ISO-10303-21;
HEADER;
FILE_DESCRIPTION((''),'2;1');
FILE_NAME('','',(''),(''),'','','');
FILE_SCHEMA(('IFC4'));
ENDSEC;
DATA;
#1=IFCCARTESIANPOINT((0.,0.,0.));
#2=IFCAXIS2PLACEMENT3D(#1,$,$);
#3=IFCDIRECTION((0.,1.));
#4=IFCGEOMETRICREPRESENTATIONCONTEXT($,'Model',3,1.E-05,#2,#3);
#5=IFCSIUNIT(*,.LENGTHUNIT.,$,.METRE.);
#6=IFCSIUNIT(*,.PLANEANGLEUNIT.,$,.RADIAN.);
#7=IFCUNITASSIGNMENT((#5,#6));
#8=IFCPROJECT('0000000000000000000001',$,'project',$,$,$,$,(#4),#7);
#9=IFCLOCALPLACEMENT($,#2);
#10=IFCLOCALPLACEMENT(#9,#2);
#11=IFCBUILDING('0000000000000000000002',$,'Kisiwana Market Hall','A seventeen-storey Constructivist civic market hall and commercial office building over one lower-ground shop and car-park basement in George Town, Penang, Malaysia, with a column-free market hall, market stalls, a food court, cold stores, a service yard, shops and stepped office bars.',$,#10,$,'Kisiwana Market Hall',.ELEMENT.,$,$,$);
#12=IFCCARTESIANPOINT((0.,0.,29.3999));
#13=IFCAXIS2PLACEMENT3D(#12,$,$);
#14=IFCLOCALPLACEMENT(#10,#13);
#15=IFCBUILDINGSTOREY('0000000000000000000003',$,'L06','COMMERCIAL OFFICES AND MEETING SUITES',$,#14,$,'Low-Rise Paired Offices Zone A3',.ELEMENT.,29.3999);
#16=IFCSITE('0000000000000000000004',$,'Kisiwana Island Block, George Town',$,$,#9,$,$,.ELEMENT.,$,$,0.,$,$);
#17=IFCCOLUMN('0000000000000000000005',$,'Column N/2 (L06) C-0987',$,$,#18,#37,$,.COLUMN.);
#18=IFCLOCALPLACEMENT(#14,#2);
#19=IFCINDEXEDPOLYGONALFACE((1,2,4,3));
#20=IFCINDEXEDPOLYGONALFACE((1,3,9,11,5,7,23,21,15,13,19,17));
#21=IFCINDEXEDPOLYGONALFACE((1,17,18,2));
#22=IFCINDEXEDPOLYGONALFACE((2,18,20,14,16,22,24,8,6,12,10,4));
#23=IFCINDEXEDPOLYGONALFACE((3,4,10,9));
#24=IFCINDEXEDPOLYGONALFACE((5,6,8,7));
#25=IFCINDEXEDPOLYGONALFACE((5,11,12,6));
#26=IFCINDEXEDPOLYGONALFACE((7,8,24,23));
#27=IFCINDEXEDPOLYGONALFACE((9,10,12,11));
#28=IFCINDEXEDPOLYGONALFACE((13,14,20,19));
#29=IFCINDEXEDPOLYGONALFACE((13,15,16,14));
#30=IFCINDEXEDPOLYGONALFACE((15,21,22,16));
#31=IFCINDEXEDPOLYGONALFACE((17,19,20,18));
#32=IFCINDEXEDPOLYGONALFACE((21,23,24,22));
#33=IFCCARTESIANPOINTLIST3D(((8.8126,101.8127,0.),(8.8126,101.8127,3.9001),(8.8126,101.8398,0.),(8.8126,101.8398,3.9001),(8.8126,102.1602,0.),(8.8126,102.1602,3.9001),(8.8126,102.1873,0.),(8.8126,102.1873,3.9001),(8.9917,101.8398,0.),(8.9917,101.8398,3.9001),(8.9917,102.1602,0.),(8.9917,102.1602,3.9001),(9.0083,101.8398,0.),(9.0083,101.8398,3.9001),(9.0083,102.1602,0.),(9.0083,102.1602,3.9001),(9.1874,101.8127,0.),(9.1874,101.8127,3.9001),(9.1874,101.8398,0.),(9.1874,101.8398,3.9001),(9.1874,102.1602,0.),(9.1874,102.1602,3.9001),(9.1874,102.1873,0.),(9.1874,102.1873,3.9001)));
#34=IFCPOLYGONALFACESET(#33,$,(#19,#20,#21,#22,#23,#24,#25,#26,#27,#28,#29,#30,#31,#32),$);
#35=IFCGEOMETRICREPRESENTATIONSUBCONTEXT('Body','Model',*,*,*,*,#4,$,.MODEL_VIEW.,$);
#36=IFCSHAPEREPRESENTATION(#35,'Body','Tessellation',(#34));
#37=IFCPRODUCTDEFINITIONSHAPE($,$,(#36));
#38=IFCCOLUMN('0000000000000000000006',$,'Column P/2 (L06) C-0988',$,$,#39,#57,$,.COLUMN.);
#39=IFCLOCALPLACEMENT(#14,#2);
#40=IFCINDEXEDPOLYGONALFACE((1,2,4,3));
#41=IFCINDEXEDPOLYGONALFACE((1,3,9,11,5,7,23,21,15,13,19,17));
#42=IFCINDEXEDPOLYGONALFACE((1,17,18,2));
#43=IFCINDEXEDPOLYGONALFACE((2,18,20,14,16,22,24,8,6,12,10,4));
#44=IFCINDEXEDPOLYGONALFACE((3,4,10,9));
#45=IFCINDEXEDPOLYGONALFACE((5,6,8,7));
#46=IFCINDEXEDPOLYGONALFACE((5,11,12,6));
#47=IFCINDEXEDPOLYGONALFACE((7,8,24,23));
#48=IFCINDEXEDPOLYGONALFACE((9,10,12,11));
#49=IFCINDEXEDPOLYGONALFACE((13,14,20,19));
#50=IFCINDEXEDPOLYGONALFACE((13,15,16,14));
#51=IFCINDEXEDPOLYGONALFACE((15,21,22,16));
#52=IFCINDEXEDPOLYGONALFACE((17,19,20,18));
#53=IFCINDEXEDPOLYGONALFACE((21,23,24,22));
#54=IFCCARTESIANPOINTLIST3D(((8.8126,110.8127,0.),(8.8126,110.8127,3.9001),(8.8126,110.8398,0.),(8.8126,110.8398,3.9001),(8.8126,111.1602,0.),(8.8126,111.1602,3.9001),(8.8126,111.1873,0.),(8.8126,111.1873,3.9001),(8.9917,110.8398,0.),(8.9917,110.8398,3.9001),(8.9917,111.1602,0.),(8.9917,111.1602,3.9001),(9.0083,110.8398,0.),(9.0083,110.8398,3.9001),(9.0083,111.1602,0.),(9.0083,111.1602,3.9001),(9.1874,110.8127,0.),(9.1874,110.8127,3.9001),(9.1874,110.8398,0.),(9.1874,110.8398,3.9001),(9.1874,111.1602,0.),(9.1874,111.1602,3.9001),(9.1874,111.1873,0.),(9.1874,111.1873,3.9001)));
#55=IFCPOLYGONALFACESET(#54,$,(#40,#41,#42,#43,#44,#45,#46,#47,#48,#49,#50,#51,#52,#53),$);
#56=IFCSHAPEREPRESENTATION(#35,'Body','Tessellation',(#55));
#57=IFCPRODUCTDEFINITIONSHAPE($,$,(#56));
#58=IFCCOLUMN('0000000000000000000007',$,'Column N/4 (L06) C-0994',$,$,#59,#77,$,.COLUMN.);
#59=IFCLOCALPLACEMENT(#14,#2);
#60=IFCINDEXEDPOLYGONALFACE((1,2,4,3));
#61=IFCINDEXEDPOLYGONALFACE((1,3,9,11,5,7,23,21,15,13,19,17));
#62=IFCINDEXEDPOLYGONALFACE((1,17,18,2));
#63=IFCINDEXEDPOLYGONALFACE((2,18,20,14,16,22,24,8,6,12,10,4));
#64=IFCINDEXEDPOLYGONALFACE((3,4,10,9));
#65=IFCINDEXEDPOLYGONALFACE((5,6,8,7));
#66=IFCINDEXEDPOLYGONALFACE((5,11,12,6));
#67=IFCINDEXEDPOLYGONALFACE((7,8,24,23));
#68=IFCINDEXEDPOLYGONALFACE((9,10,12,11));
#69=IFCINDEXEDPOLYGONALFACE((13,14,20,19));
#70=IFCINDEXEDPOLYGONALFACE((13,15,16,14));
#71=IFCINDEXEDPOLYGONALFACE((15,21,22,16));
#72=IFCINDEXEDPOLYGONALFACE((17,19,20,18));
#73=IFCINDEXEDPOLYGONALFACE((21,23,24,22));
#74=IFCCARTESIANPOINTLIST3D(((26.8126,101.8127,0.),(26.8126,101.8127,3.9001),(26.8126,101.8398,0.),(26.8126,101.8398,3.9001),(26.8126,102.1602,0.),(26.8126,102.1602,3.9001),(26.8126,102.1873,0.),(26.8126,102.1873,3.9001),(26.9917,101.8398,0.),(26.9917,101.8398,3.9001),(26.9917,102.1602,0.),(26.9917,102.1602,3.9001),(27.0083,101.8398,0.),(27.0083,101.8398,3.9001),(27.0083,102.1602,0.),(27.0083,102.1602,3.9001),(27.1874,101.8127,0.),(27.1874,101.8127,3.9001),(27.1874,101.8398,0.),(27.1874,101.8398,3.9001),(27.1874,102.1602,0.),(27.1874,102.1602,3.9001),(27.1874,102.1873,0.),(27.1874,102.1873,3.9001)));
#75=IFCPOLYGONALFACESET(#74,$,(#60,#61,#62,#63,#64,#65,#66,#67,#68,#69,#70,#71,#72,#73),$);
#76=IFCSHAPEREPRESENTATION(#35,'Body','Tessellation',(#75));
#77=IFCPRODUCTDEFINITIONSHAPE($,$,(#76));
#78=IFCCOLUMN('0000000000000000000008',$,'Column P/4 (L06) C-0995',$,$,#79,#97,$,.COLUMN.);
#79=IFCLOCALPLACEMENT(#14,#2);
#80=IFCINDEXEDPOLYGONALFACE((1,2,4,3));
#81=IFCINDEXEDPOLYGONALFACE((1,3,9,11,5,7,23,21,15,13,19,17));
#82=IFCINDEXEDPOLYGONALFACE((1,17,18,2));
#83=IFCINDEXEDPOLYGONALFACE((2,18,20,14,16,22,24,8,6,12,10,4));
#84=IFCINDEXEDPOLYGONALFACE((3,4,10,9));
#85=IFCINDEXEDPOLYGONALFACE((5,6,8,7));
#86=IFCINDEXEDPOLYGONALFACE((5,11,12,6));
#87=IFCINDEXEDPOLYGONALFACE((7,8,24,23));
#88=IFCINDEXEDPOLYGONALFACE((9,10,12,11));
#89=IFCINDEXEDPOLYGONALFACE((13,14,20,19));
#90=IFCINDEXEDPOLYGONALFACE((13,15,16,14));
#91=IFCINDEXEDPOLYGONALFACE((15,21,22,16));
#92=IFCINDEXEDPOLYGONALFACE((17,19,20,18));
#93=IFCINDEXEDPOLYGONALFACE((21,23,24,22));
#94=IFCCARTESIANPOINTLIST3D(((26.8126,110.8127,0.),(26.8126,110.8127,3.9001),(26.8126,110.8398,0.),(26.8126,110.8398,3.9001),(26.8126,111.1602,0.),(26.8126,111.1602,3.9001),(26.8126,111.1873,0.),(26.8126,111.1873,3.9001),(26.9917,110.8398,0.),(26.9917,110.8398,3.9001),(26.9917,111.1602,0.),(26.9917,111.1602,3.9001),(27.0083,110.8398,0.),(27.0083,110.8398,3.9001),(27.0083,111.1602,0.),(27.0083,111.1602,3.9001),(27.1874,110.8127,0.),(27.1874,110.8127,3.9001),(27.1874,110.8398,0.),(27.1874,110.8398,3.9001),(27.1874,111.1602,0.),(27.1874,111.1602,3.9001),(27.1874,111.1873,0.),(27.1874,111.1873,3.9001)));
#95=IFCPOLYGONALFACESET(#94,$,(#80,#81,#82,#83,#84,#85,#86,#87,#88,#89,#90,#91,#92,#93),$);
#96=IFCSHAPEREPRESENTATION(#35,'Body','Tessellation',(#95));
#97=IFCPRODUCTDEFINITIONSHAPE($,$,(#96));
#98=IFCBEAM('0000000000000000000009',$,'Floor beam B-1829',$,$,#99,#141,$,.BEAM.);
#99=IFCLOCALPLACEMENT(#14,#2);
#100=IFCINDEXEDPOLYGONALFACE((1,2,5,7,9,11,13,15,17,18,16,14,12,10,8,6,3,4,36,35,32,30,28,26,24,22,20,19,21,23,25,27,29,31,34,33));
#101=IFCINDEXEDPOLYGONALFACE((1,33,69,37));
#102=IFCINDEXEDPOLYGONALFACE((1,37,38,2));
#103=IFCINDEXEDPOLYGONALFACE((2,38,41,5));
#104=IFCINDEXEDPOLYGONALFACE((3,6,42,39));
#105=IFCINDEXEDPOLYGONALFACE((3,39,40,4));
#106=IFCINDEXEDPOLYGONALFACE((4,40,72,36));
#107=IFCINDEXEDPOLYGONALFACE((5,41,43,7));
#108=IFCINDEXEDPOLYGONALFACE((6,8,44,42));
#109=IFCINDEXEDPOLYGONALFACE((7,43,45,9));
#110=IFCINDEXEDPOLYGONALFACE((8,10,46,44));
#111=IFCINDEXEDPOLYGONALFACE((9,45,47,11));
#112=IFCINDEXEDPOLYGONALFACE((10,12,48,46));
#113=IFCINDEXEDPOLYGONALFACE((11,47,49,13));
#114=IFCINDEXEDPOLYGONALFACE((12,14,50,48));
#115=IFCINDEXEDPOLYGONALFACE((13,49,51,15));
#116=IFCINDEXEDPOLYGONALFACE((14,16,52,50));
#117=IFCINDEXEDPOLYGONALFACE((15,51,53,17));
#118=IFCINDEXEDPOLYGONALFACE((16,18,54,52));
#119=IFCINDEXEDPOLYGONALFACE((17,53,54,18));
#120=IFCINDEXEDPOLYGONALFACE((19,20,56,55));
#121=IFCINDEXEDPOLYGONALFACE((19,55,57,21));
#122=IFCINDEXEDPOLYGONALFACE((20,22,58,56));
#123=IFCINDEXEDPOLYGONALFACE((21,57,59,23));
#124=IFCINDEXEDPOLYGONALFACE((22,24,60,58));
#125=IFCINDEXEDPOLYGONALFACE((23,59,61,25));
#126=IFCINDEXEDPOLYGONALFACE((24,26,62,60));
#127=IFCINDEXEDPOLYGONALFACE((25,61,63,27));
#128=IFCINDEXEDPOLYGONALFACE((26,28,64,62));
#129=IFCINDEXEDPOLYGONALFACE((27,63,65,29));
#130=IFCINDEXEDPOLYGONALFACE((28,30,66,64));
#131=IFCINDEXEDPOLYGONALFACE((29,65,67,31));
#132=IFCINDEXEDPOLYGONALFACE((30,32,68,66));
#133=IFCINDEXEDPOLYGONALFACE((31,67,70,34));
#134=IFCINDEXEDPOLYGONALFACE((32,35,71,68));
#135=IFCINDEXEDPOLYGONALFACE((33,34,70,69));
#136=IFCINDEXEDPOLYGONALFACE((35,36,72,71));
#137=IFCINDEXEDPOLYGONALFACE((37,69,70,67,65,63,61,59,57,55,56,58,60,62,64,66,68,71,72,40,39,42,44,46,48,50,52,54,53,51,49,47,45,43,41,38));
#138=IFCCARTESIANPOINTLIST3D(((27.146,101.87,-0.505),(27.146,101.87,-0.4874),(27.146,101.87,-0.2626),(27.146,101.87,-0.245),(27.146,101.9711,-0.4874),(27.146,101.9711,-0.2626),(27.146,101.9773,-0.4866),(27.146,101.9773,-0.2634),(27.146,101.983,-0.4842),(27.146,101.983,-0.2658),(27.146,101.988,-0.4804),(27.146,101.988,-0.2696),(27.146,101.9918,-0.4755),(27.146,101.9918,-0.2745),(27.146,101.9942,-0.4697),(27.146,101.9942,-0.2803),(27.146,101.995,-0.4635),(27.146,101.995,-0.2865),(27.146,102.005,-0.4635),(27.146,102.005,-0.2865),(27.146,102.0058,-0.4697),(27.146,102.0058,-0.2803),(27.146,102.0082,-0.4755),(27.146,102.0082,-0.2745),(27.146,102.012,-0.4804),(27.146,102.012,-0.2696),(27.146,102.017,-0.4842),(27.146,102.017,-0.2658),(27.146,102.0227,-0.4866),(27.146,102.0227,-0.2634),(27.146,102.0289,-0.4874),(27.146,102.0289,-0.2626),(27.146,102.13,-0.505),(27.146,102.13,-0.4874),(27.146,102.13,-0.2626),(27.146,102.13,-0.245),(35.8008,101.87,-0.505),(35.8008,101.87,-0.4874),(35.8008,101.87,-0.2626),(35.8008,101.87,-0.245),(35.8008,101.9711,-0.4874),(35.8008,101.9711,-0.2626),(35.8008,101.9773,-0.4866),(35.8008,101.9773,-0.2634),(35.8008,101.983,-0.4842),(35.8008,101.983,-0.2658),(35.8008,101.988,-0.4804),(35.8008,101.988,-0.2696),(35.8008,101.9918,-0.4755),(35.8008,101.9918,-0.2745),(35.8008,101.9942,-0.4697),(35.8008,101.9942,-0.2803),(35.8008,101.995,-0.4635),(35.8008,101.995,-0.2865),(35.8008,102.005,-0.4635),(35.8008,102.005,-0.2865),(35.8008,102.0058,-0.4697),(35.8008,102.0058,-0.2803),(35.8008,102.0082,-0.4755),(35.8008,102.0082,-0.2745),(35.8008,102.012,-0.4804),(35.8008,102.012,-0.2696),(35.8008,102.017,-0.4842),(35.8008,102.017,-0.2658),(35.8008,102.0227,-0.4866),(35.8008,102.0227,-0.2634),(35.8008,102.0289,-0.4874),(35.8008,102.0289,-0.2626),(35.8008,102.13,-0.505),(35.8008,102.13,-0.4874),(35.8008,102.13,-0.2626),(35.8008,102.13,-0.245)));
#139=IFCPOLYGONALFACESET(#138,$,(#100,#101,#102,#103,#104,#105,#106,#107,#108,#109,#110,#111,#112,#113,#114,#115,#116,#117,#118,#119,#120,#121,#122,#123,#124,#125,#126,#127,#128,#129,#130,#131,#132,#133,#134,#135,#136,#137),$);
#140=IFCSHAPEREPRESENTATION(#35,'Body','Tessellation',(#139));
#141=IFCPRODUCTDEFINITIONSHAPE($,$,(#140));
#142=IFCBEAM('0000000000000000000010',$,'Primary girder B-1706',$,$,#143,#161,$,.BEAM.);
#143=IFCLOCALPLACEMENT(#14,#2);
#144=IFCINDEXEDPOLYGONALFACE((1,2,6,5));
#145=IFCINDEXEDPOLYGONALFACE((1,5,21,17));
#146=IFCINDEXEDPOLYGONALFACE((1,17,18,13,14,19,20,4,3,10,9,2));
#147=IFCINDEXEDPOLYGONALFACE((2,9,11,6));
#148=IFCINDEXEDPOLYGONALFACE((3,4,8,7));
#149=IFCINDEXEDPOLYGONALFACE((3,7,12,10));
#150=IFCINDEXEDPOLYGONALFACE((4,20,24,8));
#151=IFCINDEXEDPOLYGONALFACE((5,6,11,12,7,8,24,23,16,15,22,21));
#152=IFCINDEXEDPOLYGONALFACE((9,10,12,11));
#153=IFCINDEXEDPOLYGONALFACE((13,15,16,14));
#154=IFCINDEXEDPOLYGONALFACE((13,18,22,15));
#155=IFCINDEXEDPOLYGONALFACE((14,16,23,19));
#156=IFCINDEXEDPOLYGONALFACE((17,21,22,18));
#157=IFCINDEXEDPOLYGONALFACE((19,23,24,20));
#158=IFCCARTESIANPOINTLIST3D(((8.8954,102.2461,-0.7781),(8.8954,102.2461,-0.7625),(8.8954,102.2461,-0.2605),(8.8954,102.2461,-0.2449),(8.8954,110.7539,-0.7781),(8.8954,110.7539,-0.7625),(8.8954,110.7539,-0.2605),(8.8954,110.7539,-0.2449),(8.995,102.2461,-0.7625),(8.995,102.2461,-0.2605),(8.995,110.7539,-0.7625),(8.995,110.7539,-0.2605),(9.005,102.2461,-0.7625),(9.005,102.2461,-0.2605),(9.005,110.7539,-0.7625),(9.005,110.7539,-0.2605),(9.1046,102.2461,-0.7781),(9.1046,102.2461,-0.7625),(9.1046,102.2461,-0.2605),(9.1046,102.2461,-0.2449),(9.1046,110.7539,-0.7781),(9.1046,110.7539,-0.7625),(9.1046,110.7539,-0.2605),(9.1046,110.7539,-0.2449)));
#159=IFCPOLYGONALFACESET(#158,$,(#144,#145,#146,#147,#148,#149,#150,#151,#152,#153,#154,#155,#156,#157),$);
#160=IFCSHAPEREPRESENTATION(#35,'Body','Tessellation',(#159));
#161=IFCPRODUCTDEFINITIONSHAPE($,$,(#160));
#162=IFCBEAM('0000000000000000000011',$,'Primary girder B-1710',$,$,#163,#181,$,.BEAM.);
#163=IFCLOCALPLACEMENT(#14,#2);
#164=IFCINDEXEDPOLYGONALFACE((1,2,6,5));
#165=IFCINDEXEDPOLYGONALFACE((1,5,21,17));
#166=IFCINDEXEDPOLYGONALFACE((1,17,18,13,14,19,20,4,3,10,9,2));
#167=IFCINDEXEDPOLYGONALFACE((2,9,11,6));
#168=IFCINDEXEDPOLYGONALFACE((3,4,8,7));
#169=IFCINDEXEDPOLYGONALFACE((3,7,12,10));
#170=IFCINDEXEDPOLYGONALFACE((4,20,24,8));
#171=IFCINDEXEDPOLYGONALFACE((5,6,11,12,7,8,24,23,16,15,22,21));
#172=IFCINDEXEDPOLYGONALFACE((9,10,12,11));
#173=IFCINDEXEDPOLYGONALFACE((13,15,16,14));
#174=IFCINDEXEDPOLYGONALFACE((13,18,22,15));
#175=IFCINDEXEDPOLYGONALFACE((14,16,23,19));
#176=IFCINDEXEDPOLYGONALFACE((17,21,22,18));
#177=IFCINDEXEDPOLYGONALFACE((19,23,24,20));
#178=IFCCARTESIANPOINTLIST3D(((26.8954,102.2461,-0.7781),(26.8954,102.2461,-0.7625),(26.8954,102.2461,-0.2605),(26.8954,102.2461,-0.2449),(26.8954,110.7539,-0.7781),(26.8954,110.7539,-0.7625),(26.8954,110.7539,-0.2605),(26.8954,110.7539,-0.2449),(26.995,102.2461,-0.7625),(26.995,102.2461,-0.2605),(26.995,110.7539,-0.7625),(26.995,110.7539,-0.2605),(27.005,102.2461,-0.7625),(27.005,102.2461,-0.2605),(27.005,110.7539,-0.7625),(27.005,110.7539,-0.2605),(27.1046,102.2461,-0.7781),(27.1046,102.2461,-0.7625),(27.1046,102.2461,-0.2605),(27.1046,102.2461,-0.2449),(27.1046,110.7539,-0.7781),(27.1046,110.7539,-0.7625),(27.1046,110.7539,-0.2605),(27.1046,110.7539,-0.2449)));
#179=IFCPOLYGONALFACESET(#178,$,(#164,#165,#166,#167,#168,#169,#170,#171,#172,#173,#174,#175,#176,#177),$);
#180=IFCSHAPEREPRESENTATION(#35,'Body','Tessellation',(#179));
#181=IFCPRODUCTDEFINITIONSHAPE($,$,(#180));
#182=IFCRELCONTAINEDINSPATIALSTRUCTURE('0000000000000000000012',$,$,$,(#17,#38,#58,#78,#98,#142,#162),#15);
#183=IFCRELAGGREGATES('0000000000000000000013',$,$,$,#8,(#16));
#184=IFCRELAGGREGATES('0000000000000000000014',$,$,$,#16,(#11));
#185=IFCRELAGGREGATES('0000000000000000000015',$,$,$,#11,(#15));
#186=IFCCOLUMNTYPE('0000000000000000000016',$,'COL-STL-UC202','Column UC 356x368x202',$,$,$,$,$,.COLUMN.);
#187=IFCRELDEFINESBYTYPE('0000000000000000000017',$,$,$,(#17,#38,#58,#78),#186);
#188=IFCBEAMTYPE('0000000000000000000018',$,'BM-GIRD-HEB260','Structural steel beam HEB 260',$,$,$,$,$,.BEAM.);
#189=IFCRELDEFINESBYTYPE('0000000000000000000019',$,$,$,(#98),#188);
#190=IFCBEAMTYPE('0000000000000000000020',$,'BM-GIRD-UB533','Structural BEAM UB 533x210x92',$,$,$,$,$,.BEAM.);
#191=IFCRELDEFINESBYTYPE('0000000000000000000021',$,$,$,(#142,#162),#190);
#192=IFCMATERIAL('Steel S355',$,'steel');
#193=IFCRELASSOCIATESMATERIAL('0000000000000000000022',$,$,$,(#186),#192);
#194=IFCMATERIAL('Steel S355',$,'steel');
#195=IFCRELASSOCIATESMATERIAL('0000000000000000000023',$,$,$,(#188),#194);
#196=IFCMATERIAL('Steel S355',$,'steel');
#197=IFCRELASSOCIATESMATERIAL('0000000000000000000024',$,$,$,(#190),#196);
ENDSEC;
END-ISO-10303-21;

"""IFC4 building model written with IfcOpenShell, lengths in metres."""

from ifc_helpers import new_model, si_unit, direction, frame, origin, origin_2d, place, context, subcontext, project, spatial, i_section, extrude, material, material_profile, profile_set, type_object, element, save


model = new_model("IFC4")

# Units and contexts
model_context = context("Model", 3, precision=1e-05, world=origin(), true_north=direction((0.0, 1.0)))
body_context = subcontext(model_context, "Body", "Model", "MODEL_VIEW")
ifc_project = project(units=[si_unit("LENGTHUNIT", "METRE"), si_unit("PLANEANGLEUNIT", "RADIAN")], contexts=[model_context])

# Site, building, storey
site_placement = place(None, origin())
site = spatial("IfcSite", under=ifc_project, at=site_placement, Name="Kisiwana Island Block, George Town", CompositionType="ELEMENT", RefElevation=0.0)
building_placement = place(site_placement, origin())
building = spatial("IfcBuilding", under=site, at=building_placement, Name="Kisiwana Market Hall", Description="A seventeen-storey Constructivist civic market hall and commercial office building over one lower-ground shop and car-park basement in George Town, Penang, Malaysia, with a column-free market hall, market stalls, a food court, cold stores, a service yard, shops and stepped office bars.", LongName="Kisiwana Market Hall", CompositionType="ELEMENT")
storey_placement = place(building_placement, frame((0.0, 0.0, 29.3999)))
storey = spatial("IfcBuildingStorey", under=building, at=storey_placement, Name="L06", Description="COMMERCIAL OFFICES AND MEETING SUITES", LongName="Low-Rise Paired Offices Zone A3", CompositionType="ELEMENT", Elevation=29.3999)

# Columns
ifc_material_1 = material(Name="Steel S355", Category="steel")
ifc_material_profile_1 = material_profile(ifc_material_1, i_section(OverallWidth=0.3748, OverallDepth=0.3745, WebThickness=0.0166, FlangeThickness=0.0271, at=origin_2d()), Name="UC 356x368x202")
ifc_profile_set_1 = profile_set([ifc_material_profile_1], Name="Steel S355")
column_type = type_object("IfcColumnType", Name="COL-STL-UC202", Description="Column UC 356x368x202", PredefinedType="COLUMN", material=ifc_profile_set_1)
for number, where, z_axis, x_axis, name in (
    (1, (9.0, 102.0, 0.0), (0.0, 0.0, 1.0), (1.0, 0.0, 0.0), "Column N/2 (L06) C-0987"),
    (2, (9.0, 111.0, 0.0), (0.0, 0.0, 1.0), (1.0, 0.0, 0.0), "Column P/2 (L06) C-0988"),
    (3, (27.0, 102.0, 0.0), (0.0, 0.0, 1.0), (1.0, 0.0, 0.0), "Column N/4 (L06) C-0994"),
    (4, (27.0, 111.0, 0.0), (0.0, 0.0, 1.0), (1.0, 0.0, 0.0), "Column P/4 (L06) C-0995"),
):
    element("IfcColumn", number, at=place(storey_placement, frame(where, z_axis=z_axis, x_axis=x_axis)), inside=storey, type_object=column_type, Name=name, PredefinedType="COLUMN", context=body_context, shape_type="SweptSolid", body=[
        extrude(i_section(OverallWidth=0.3748, OverallDepth=0.3745, WebThickness=0.0166, FlangeThickness=0.0271, at=origin_2d()), origin(), (0.0, 0.0, 1.0), 3.9001),
    ])

# Beams
ifc_material_2 = material(Name="Steel S355", Category="steel")
ifc_material_profile_2 = material_profile(ifc_material_2, i_section(OverallWidth=0.26, OverallDepth=0.26, WebThickness=0.01, FlangeThickness=0.0176, FilletRadius=0.0239, at=origin_2d()), Name="HEB 260")
ifc_profile_set_2 = profile_set([ifc_material_profile_2], Name="Steel S355")
beam_type_1 = type_object("IfcBeamType", Name="BM-GIRD-HEB260", Description="Structural steel beam HEB 260", PredefinedType="BEAM", material=ifc_profile_set_2)
beam_placement = place(storey_placement, frame((27.146, 102.0, -0.375), z_axis=(1.0, 0.0, 0.0), x_axis=(0.0, 1.0, 0.0)))
element("IfcBeam", 5, at=beam_placement, inside=storey, type_object=beam_type_1, Name="Floor beam B-1829", PredefinedType="BEAM", context=body_context, shape_type="SweptSolid", body=[
    extrude(i_section(OverallWidth=0.26, OverallDepth=0.26, WebThickness=0.01, FlangeThickness=0.0176, FilletRadius=0.0239, at=origin_2d()), origin(), (0.0, 0.0, 1.0), 8.6548),
])
ifc_material_3 = material(Name="Steel S355", Category="steel")
ifc_material_profile_3 = material_profile(ifc_material_3, i_section(OverallWidth=0.2092, OverallDepth=0.5332, WebThickness=0.01, FlangeThickness=0.0156, at=origin_2d()), Name="UB 533x210x92")
ifc_profile_set_3 = profile_set([ifc_material_profile_3], Name="Steel S355")
beam_type_2 = type_object("IfcBeamType", Name="BM-GIRD-UB533", Description="Structural BEAM UB 533x210x92", PredefinedType="BEAM", material=ifc_profile_set_3)
for number, where, z_axis, x_axis, name in (
    (6, (9.0, 102.2461, -0.5115), (0.0, 1.0, 0.0), (-1.0, 0.0, 0.0), "Primary girder B-1706"),
    (7, (27.0, 102.2461, -0.5115), (0.0, 1.0, 0.0), (-1.0, 0.0, 0.0), "Primary girder B-1710"),
):
    element("IfcBeam", number, at=place(storey_placement, frame(where, z_axis=z_axis, x_axis=x_axis)), inside=storey, type_object=beam_type_2, Name=name, PredefinedType="BEAM", context=body_context, shape_type="SweptSolid", body=[
        extrude(i_section(OverallWidth=0.2092, OverallDepth=0.5332, WebThickness=0.01, FlangeThickness=0.0156, at=origin_2d()), origin(), (0.0, 0.0, 1.0), 8.5078),
    ])

save(model, "model.ifc")
